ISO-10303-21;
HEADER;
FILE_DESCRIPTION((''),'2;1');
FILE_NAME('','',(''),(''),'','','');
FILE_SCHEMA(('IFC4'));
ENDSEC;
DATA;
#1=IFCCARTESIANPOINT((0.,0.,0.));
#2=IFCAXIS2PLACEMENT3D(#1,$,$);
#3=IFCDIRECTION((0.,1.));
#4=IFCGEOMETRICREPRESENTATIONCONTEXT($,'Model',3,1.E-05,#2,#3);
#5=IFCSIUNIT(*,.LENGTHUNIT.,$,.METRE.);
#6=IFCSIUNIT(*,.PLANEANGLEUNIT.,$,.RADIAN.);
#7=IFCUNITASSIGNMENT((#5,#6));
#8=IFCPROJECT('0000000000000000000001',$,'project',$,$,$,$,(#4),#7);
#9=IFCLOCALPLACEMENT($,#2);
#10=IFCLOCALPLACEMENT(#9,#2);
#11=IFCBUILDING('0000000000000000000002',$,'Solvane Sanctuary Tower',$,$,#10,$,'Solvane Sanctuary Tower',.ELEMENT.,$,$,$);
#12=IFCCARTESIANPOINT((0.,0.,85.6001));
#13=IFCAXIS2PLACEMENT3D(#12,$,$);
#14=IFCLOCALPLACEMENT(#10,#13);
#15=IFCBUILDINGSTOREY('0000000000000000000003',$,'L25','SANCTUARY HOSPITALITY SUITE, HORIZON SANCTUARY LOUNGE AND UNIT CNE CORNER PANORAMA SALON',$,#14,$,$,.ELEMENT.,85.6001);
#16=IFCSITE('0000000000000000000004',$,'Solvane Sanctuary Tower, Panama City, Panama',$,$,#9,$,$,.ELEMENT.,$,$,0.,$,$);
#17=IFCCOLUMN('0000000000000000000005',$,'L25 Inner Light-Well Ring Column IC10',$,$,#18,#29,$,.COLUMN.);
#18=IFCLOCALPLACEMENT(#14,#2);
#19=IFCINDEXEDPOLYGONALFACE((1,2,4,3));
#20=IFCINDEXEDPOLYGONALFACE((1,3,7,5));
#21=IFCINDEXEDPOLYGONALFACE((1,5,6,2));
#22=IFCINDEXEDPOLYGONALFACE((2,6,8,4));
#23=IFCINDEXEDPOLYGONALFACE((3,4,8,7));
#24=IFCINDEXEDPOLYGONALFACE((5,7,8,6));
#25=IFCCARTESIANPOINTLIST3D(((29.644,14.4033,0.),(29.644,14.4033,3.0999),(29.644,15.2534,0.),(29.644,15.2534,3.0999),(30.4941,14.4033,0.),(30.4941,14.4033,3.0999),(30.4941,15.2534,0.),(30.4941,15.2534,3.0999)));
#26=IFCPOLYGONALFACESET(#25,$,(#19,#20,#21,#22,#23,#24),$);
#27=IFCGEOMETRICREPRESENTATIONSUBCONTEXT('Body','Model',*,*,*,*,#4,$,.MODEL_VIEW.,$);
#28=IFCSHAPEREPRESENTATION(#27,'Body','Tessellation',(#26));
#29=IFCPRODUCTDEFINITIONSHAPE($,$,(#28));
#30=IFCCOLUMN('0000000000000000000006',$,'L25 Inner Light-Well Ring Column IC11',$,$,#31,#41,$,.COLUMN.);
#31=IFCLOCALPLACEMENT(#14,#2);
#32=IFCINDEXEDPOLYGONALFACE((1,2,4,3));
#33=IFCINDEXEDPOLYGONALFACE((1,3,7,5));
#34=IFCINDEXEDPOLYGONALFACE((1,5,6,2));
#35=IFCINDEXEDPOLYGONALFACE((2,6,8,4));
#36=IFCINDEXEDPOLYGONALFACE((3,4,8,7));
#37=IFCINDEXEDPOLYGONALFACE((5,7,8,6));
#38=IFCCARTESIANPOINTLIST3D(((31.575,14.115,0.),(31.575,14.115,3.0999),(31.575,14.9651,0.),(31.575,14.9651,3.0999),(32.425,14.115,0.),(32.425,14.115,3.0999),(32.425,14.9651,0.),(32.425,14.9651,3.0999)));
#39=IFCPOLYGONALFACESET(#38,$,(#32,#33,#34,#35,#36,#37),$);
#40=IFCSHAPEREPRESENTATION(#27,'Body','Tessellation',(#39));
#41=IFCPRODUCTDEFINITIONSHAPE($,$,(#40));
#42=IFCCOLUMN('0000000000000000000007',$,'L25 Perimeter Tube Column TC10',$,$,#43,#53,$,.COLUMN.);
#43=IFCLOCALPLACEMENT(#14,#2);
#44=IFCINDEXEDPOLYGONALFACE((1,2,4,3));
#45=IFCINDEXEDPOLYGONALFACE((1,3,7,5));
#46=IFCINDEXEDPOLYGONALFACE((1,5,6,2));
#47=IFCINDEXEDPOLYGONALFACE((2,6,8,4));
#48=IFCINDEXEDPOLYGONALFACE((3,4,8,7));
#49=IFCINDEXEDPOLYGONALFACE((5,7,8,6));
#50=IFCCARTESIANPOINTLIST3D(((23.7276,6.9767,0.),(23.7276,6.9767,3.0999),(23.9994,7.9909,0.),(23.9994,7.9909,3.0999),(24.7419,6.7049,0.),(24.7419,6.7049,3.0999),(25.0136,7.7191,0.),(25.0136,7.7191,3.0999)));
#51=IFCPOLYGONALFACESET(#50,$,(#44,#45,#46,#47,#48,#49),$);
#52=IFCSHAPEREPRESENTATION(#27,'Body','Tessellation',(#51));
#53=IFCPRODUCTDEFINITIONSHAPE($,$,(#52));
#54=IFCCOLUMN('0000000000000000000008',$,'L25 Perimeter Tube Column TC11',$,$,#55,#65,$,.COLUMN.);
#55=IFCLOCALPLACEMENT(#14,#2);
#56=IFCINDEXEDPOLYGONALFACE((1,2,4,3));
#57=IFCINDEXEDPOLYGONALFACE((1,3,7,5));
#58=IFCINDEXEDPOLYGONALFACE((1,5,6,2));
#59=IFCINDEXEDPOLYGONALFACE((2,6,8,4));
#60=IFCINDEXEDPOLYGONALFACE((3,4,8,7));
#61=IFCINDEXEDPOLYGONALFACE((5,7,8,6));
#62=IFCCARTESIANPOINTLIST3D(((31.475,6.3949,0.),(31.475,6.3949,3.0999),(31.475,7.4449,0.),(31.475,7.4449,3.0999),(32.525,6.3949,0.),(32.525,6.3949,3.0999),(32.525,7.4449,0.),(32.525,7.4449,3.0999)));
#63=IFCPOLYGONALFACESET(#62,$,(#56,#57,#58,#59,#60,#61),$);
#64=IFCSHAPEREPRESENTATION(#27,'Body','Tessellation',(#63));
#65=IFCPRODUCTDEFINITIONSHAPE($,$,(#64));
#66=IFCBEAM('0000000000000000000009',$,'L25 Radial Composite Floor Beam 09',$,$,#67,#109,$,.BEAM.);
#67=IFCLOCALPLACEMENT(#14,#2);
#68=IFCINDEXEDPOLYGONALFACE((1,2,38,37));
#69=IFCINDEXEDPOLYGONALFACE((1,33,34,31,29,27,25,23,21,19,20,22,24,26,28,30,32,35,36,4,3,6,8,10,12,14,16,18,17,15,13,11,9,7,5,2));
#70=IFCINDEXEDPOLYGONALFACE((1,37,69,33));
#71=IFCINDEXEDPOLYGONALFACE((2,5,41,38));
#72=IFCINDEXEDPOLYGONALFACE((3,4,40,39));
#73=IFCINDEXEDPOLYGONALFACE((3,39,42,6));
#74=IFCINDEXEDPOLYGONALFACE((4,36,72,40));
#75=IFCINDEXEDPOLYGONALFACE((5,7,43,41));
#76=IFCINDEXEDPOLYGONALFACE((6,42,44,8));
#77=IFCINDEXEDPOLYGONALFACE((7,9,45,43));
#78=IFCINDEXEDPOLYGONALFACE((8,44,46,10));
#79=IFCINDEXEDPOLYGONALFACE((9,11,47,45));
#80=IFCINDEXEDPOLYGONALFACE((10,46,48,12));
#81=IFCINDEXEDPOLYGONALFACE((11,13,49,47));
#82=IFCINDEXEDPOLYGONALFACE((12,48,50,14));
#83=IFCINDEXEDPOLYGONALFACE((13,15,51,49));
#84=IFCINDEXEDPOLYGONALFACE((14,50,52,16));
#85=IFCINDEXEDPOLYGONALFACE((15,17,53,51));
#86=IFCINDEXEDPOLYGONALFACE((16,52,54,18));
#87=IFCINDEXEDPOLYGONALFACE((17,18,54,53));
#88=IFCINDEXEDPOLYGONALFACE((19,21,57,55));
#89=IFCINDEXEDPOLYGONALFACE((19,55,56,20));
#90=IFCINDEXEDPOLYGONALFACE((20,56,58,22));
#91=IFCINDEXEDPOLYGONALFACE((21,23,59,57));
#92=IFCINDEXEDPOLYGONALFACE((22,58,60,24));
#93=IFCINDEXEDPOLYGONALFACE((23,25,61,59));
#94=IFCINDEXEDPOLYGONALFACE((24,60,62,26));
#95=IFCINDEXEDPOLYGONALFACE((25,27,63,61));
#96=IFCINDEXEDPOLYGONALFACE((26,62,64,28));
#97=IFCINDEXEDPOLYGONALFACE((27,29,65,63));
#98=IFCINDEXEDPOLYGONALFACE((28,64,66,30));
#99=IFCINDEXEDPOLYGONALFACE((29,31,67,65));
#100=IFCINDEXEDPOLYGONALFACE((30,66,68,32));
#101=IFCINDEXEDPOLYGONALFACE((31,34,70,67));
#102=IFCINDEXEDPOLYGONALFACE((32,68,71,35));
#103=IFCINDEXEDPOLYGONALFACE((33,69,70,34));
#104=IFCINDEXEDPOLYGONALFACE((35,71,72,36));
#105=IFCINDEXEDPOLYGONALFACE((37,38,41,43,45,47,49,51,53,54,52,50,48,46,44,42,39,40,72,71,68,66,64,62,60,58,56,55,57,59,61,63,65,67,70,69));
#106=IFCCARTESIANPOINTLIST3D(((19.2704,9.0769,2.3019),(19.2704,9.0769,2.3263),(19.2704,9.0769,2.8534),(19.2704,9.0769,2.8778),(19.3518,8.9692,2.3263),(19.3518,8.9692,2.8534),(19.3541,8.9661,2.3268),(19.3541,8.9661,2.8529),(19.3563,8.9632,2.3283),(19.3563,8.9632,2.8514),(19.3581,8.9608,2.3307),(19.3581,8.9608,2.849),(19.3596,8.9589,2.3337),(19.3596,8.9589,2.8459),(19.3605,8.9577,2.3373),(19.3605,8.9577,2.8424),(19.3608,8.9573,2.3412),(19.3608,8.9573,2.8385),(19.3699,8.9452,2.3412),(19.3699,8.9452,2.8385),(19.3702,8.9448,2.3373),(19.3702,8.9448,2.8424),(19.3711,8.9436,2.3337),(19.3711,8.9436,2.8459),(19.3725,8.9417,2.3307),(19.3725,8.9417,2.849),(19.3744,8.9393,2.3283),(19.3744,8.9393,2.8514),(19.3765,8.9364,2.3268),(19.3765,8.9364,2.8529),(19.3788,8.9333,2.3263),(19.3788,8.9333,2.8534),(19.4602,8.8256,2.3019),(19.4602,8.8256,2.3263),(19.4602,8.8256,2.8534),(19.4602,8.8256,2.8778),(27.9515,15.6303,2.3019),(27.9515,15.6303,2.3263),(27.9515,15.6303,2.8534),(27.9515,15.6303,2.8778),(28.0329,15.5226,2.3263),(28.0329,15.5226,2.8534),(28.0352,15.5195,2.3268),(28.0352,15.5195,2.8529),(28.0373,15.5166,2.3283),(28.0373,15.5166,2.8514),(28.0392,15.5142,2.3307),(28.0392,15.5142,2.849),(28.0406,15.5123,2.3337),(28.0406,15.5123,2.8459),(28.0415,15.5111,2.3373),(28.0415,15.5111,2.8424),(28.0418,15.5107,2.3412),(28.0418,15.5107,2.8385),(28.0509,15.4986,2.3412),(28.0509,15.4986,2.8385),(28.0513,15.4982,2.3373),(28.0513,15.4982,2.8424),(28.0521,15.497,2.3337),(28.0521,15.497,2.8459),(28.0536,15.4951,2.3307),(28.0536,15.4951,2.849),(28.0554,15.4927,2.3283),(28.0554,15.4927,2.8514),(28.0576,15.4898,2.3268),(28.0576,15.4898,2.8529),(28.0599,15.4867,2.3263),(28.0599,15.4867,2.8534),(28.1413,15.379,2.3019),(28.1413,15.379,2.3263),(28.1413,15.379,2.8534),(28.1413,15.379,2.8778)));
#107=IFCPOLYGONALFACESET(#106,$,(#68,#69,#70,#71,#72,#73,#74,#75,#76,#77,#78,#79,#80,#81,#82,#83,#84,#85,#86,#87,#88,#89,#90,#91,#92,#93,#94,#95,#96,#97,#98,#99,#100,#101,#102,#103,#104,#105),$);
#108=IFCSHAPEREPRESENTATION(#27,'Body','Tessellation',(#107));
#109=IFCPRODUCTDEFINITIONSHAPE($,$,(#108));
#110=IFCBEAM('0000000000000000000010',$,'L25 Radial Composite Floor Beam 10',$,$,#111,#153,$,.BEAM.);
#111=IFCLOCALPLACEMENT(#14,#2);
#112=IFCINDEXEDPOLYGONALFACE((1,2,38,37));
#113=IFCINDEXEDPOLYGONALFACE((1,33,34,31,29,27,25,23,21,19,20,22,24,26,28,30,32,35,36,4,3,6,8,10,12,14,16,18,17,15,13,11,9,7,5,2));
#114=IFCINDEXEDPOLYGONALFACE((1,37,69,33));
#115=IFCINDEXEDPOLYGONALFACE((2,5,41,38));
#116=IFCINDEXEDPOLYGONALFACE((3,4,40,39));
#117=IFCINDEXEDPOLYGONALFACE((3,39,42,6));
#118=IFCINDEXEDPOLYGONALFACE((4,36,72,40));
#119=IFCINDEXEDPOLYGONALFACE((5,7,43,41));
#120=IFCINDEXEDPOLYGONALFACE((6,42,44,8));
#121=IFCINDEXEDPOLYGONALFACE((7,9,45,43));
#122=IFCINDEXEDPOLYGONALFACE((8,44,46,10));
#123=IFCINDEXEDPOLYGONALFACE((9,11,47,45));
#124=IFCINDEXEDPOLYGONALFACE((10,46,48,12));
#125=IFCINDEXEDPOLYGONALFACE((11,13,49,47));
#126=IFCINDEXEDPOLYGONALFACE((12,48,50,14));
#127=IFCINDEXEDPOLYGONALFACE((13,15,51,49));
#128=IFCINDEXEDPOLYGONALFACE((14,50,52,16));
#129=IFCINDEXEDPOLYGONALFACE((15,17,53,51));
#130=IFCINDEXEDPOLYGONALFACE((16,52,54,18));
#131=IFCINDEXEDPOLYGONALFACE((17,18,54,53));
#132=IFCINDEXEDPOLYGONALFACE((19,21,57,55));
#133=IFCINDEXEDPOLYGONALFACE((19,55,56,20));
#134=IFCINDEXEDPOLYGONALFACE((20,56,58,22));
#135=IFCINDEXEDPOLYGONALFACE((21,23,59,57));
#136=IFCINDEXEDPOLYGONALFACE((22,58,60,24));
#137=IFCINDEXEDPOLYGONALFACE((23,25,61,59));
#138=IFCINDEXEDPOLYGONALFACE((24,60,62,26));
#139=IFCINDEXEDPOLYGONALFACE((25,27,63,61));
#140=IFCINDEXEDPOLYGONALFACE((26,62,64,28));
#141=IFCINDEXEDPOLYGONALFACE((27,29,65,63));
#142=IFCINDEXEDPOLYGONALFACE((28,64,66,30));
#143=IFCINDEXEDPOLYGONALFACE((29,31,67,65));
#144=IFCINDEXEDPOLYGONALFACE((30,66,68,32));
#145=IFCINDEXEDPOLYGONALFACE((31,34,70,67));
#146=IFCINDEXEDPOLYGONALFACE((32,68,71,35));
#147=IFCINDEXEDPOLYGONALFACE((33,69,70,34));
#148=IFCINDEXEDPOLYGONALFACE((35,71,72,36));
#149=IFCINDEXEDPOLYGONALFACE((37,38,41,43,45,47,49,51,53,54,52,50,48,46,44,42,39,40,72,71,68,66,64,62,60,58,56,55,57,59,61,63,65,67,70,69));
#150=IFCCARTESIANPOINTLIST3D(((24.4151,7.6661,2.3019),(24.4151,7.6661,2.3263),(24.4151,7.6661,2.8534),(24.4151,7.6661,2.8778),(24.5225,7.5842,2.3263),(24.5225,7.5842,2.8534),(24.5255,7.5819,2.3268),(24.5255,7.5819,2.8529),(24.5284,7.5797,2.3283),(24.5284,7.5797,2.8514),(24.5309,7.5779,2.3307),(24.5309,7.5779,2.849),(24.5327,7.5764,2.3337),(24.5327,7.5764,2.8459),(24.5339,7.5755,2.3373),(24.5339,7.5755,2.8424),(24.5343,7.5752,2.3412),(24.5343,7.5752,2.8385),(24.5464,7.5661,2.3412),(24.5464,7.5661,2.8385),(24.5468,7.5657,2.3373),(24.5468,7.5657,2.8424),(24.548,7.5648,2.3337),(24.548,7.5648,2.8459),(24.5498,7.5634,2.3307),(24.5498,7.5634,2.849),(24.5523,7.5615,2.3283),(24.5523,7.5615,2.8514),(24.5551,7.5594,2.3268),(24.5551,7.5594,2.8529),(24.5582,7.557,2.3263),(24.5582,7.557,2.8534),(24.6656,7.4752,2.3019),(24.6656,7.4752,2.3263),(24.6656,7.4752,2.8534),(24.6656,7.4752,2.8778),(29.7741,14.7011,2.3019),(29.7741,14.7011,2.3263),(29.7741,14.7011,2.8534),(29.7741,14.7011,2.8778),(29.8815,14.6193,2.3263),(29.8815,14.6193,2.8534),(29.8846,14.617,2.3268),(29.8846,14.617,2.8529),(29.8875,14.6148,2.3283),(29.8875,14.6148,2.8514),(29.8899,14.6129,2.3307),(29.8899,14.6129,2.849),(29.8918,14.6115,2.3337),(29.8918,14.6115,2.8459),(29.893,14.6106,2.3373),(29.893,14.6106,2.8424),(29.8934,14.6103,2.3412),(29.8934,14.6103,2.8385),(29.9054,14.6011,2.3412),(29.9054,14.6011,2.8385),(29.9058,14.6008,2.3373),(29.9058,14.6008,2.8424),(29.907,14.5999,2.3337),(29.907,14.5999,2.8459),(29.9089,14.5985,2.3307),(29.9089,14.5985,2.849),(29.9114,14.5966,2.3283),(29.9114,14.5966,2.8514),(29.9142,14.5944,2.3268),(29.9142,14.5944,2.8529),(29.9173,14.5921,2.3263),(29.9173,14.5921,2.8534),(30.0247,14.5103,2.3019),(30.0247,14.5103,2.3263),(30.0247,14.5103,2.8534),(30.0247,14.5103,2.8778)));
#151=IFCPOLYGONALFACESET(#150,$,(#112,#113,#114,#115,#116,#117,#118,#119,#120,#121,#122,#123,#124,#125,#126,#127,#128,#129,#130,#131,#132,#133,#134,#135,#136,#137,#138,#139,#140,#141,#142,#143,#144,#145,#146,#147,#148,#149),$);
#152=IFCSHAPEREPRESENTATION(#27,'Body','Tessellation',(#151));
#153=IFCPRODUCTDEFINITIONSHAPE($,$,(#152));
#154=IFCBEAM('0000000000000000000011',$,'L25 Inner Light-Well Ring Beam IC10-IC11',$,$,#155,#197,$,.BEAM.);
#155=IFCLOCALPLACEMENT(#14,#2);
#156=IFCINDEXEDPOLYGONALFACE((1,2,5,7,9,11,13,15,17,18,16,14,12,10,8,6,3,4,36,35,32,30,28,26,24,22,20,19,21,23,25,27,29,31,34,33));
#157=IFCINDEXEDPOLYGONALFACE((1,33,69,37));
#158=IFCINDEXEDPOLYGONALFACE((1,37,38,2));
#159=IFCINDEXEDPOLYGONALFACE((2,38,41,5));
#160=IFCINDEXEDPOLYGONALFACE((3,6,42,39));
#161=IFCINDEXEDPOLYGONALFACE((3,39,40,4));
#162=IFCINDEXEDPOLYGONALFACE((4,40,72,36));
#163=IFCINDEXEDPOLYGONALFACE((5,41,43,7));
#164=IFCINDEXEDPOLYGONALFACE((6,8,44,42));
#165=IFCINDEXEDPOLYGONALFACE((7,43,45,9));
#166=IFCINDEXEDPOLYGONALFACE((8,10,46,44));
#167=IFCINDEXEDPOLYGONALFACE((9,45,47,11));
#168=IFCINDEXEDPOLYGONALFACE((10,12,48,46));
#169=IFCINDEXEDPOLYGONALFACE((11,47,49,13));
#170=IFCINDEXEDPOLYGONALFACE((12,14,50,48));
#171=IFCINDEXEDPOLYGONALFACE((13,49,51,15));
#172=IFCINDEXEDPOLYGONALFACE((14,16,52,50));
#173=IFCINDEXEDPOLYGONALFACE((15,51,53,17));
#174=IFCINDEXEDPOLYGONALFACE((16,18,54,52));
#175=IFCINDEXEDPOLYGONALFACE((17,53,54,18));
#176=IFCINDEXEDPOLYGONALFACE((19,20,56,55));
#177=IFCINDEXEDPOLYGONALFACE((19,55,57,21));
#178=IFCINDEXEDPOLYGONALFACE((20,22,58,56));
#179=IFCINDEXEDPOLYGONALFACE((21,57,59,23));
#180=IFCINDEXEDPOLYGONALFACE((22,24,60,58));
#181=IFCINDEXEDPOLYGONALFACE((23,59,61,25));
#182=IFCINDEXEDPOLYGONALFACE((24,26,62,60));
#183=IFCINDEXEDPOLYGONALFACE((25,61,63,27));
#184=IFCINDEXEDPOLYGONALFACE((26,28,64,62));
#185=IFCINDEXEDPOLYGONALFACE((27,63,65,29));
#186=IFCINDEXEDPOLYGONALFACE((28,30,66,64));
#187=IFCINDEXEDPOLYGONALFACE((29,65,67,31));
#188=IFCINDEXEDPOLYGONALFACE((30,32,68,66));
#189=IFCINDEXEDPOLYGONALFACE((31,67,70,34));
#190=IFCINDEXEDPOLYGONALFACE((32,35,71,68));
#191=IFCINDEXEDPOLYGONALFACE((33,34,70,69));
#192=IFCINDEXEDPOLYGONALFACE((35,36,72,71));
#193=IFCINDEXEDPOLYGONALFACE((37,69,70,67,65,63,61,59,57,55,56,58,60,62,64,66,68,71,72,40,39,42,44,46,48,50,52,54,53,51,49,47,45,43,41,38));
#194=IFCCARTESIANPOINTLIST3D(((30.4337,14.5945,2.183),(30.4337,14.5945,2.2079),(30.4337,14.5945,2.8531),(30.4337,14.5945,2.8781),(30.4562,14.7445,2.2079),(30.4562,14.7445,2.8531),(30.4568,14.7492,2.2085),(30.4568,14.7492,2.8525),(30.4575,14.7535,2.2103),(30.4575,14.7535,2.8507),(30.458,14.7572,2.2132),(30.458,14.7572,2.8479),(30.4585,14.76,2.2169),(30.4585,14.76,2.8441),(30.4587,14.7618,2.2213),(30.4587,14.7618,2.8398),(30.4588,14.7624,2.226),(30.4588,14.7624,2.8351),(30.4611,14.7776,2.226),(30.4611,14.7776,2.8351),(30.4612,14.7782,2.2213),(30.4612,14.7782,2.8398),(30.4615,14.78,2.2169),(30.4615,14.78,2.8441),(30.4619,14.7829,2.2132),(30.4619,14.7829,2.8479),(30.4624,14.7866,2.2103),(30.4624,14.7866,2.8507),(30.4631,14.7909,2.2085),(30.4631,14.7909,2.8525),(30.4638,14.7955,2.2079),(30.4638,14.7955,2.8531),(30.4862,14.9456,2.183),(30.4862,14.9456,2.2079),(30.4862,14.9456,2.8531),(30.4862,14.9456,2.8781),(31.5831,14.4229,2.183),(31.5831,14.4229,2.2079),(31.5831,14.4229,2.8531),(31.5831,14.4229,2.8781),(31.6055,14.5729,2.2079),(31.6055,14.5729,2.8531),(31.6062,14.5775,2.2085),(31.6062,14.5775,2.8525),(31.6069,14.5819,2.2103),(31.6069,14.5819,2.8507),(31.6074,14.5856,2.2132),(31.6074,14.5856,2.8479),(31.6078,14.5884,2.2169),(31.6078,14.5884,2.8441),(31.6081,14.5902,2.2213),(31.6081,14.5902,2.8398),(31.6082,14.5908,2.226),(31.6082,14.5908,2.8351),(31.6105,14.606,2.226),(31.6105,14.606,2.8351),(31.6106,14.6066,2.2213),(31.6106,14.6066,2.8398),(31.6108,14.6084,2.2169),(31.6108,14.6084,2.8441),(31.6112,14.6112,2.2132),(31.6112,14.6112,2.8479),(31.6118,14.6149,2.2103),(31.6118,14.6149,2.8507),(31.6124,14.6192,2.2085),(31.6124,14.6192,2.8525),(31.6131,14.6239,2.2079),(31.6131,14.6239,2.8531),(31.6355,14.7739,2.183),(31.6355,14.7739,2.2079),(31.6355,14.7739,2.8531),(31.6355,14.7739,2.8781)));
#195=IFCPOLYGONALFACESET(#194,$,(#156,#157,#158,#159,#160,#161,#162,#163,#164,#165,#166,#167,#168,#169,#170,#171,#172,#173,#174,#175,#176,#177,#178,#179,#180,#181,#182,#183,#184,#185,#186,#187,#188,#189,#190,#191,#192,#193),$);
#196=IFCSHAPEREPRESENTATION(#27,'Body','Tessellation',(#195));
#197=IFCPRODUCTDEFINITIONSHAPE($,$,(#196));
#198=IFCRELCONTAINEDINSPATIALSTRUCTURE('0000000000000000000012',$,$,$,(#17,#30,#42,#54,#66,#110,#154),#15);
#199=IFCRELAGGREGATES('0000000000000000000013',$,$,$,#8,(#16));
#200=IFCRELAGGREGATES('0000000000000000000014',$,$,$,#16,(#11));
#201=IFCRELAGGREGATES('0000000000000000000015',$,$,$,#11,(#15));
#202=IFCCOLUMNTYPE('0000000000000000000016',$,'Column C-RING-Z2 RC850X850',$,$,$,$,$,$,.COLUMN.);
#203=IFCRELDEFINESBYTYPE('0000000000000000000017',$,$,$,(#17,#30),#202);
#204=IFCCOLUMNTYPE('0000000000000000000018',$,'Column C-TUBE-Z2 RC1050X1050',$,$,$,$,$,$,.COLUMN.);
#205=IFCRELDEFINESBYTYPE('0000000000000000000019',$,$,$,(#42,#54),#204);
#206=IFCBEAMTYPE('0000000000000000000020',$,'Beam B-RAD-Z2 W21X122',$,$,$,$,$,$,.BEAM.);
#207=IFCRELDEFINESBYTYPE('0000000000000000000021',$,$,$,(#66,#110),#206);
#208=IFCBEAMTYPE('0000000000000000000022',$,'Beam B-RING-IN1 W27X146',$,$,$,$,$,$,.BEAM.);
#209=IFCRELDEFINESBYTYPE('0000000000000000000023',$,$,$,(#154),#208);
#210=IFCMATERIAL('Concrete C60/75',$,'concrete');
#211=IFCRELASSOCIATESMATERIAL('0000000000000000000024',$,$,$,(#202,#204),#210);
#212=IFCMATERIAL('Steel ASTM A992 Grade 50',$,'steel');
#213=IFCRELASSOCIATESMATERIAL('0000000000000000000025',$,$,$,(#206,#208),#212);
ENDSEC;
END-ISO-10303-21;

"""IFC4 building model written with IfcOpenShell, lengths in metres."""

from ifc_helpers import new_model, si_unit, direction, frame, origin, origin_2d, place, context, subcontext, project, spatial, rectangle, i_section, extrude, material, material_profile, profile_set, type_object, element, save


model = new_model("IFC4")

# Units and contexts
model_context = context("Model", 3, precision=1e-05, world=origin(), true_north=direction((0.0, 1.0)))
body_context = subcontext(model_context, "Body", "Model", "MODEL_VIEW")
ifc_project = project(units=[si_unit("LENGTHUNIT", "METRE"), si_unit("PLANEANGLEUNIT", "RADIAN")], contexts=[model_context])

# Site, building, storey
site_placement = place(None, origin())
site = spatial("IfcSite", under=ifc_project, at=site_placement, Name="Solvane Sanctuary Tower, Panama City, Panama", CompositionType="ELEMENT", RefElevation=0.0)
building_placement = place(site_placement, origin())
building = spatial("IfcBuilding", under=site, at=building_placement, Name="Solvane Sanctuary Tower", LongName="Solvane Sanctuary Tower", CompositionType="ELEMENT")
storey_placement = place(building_placement, frame((0.0, 0.0, 85.6001)))
storey = spatial("IfcBuildingStorey", under=building, at=storey_placement, Name="L25", Description="SANCTUARY HOSPITALITY SUITE, HORIZON SANCTUARY LOUNGE AND UNIT CNE CORNER PANORAMA SALON", CompositionType="ELEMENT", Elevation=85.6001)

# Columns
ifc_material_1 = material(Name="Concrete C60/75", Category="concrete")
ifc_material_profile_1 = material_profile(ifc_material_1, rectangle(XDim=0.8501, YDim=0.8501, at=origin_2d()), Name="RC850X850")
ifc_profile_set_1 = profile_set([ifc_material_profile_1], Name="Concrete C60/75")
column_type_1 = type_object("IfcColumnType", Name="Column C-RING-Z2 RC850X850", PredefinedType="COLUMN", material=ifc_profile_set_1)
for number, where, z_axis, x_axis, name in (
    (1, (30.0691, 14.8284, 0.0), (0.0, 0.0, 1.0), (1.0, 0.0, 0.0), "L25 Inner Light-Well Ring Column IC10"),
    (2, (32.0, 14.54, 0.0), (0.0, 0.0, 1.0), (1.0, 0.0, 0.0), "L25 Inner Light-Well Ring Column IC11"),
):
    element("IfcColumn", number, at=place(storey_placement, frame(where, z_axis=z_axis, x_axis=x_axis)), inside=storey, type_object=column_type_1, Name=name, PredefinedType="COLUMN", context=body_context, shape_type="SweptSolid", body=[
        extrude(rectangle(XDim=0.8501, YDim=0.8501, at=origin_2d()), origin(), (0.0, 0.0, 1.0), 3.0999),
    ])
ifc_material_profile_2 = material_profile(ifc_material_1, rectangle(XDim=1.05, YDim=1.05, at=origin_2d()), Name="RC1050X1050")
ifc_profile_set_2 = profile_set([ifc_material_profile_2], Name="Concrete C60/75")
column_type_2 = type_object("IfcColumnType", Name="Column C-TUBE-Z2 RC1050X1050", PredefinedType="COLUMN", material=ifc_profile_set_2)
for number, where, z_axis, x_axis, name in (
    (3, (24.3706, 7.3479, 0.0), (0.0, 0.0, 1.0), (-0.258819, -0.965926, 0.0), "L25 Perimeter Tube Column TC10"),
    (4, (32.0, 6.9199, 0.0), (0.0, 0.0, 1.0), (0.0, -1.0, 0.0), "L25 Perimeter Tube Column TC11"),
):
    element("IfcColumn", number, at=place(storey_placement, frame(where, z_axis=z_axis, x_axis=x_axis)), inside=storey, type_object=column_type_2, Name=name, PredefinedType="COLUMN", context=body_context, shape_type="SweptSolid", body=[
        extrude(rectangle(XDim=1.05, YDim=1.05, at=origin_2d()), origin(), (0.0, 0.0, 1.0), 3.0999),
    ])

# Beams
ifc_material_2 = material(Name="Steel ASTM A992 Grade 50", Category="steel")
ifc_material_profile_3 = material_profile(ifc_material_2, i_section(OverallWidth=0.3149, OverallDepth=0.5759, WebThickness=0.0151, FlangeThickness=0.0244, FilletRadius=0.0149, at=origin_2d()), Name="W21X122")
ifc_profile_set_3 = profile_set([ifc_material_profile_3], Name="Steel ASTM A992 Grade 50")
beam_type_1 = type_object("IfcBeamType", Name="Beam B-RAD-Z2 W21X122", PredefinedType="BEAM", material=ifc_profile_set_3)
beam_1_placement = place(storey_placement, frame((28.0464, 15.5046, 2.5898), z_axis=(-0.798116, -0.602504, 0.0), x_axis=(0.602504, -0.798116, 0.0)))
element("IfcBeam", 5, at=beam_1_placement, inside=storey, type_object=beam_type_1, Name="L25 Radial Composite Floor Beam 09", PredefinedType="BEAM", context=body_context, shape_type="SweptSolid", body=[
    extrude(i_section(OverallWidth=0.3149, OverallDepth=0.5759, WebThickness=0.0151, FlangeThickness=0.0244, FilletRadius=0.0149, at=origin_2d()), origin(), (0.0, 0.0, 1.0), 10.877),
])
beam_2_placement = place(storey_placement, frame((29.8994, 14.6057, 2.5898), z_axis=(-0.605973, -0.795486, 0.0), x_axis=(0.795486, -0.605973, 0.0)))
element("IfcBeam", 6, at=beam_2_placement, inside=storey, type_object=beam_type_1, Name="L25 Radial Composite Floor Beam 10", PredefinedType="BEAM", context=body_context, shape_type="SweptSolid", body=[
    extrude(i_section(OverallWidth=0.3149, OverallDepth=0.5759, WebThickness=0.0151, FlangeThickness=0.0244, FilletRadius=0.0149, at=origin_2d()), origin(), (0.0, 0.0, 1.0), 8.8438),
])
ifc_material_profile_4 = material_profile(ifc_material_2, i_section(OverallWidth=0.355, OverallDepth=0.6951, WebThickness=0.0154, FlangeThickness=0.0249, FilletRadius=0.0181, at=origin_2d()), Name="W27X146")
ifc_profile_set_4 = profile_set([ifc_material_profile_4], Name="Steel ASTM A992 Grade 50")
beam_type_2 = type_object("IfcBeamType", Name="Beam B-RING-IN1 W27X146", PredefinedType="BEAM", material=ifc_profile_set_4)
beam_3_placement = place(storey_placement, frame((30.46, 14.77, 2.5305), z_axis=(0.989035, -0.147683, 0.0), x_axis=(0.147683, 0.989035, 0.0)))
element("IfcBeam", 7, at=beam_3_placement, inside=storey, type_object=beam_type_2, Name="L25 Inner Light-Well Ring Beam IC10-IC11", PredefinedType="BEAM", context=body_context, shape_type="SweptSolid", body=[
    extrude(i_section(OverallWidth=0.355, OverallDepth=0.6951, WebThickness=0.0154, FlangeThickness=0.0249, FilletRadius=0.0181, at=origin_2d()), origin(), (0.0, 0.0, 1.0), 1.1621),
])

save(model, "model.ifc")
